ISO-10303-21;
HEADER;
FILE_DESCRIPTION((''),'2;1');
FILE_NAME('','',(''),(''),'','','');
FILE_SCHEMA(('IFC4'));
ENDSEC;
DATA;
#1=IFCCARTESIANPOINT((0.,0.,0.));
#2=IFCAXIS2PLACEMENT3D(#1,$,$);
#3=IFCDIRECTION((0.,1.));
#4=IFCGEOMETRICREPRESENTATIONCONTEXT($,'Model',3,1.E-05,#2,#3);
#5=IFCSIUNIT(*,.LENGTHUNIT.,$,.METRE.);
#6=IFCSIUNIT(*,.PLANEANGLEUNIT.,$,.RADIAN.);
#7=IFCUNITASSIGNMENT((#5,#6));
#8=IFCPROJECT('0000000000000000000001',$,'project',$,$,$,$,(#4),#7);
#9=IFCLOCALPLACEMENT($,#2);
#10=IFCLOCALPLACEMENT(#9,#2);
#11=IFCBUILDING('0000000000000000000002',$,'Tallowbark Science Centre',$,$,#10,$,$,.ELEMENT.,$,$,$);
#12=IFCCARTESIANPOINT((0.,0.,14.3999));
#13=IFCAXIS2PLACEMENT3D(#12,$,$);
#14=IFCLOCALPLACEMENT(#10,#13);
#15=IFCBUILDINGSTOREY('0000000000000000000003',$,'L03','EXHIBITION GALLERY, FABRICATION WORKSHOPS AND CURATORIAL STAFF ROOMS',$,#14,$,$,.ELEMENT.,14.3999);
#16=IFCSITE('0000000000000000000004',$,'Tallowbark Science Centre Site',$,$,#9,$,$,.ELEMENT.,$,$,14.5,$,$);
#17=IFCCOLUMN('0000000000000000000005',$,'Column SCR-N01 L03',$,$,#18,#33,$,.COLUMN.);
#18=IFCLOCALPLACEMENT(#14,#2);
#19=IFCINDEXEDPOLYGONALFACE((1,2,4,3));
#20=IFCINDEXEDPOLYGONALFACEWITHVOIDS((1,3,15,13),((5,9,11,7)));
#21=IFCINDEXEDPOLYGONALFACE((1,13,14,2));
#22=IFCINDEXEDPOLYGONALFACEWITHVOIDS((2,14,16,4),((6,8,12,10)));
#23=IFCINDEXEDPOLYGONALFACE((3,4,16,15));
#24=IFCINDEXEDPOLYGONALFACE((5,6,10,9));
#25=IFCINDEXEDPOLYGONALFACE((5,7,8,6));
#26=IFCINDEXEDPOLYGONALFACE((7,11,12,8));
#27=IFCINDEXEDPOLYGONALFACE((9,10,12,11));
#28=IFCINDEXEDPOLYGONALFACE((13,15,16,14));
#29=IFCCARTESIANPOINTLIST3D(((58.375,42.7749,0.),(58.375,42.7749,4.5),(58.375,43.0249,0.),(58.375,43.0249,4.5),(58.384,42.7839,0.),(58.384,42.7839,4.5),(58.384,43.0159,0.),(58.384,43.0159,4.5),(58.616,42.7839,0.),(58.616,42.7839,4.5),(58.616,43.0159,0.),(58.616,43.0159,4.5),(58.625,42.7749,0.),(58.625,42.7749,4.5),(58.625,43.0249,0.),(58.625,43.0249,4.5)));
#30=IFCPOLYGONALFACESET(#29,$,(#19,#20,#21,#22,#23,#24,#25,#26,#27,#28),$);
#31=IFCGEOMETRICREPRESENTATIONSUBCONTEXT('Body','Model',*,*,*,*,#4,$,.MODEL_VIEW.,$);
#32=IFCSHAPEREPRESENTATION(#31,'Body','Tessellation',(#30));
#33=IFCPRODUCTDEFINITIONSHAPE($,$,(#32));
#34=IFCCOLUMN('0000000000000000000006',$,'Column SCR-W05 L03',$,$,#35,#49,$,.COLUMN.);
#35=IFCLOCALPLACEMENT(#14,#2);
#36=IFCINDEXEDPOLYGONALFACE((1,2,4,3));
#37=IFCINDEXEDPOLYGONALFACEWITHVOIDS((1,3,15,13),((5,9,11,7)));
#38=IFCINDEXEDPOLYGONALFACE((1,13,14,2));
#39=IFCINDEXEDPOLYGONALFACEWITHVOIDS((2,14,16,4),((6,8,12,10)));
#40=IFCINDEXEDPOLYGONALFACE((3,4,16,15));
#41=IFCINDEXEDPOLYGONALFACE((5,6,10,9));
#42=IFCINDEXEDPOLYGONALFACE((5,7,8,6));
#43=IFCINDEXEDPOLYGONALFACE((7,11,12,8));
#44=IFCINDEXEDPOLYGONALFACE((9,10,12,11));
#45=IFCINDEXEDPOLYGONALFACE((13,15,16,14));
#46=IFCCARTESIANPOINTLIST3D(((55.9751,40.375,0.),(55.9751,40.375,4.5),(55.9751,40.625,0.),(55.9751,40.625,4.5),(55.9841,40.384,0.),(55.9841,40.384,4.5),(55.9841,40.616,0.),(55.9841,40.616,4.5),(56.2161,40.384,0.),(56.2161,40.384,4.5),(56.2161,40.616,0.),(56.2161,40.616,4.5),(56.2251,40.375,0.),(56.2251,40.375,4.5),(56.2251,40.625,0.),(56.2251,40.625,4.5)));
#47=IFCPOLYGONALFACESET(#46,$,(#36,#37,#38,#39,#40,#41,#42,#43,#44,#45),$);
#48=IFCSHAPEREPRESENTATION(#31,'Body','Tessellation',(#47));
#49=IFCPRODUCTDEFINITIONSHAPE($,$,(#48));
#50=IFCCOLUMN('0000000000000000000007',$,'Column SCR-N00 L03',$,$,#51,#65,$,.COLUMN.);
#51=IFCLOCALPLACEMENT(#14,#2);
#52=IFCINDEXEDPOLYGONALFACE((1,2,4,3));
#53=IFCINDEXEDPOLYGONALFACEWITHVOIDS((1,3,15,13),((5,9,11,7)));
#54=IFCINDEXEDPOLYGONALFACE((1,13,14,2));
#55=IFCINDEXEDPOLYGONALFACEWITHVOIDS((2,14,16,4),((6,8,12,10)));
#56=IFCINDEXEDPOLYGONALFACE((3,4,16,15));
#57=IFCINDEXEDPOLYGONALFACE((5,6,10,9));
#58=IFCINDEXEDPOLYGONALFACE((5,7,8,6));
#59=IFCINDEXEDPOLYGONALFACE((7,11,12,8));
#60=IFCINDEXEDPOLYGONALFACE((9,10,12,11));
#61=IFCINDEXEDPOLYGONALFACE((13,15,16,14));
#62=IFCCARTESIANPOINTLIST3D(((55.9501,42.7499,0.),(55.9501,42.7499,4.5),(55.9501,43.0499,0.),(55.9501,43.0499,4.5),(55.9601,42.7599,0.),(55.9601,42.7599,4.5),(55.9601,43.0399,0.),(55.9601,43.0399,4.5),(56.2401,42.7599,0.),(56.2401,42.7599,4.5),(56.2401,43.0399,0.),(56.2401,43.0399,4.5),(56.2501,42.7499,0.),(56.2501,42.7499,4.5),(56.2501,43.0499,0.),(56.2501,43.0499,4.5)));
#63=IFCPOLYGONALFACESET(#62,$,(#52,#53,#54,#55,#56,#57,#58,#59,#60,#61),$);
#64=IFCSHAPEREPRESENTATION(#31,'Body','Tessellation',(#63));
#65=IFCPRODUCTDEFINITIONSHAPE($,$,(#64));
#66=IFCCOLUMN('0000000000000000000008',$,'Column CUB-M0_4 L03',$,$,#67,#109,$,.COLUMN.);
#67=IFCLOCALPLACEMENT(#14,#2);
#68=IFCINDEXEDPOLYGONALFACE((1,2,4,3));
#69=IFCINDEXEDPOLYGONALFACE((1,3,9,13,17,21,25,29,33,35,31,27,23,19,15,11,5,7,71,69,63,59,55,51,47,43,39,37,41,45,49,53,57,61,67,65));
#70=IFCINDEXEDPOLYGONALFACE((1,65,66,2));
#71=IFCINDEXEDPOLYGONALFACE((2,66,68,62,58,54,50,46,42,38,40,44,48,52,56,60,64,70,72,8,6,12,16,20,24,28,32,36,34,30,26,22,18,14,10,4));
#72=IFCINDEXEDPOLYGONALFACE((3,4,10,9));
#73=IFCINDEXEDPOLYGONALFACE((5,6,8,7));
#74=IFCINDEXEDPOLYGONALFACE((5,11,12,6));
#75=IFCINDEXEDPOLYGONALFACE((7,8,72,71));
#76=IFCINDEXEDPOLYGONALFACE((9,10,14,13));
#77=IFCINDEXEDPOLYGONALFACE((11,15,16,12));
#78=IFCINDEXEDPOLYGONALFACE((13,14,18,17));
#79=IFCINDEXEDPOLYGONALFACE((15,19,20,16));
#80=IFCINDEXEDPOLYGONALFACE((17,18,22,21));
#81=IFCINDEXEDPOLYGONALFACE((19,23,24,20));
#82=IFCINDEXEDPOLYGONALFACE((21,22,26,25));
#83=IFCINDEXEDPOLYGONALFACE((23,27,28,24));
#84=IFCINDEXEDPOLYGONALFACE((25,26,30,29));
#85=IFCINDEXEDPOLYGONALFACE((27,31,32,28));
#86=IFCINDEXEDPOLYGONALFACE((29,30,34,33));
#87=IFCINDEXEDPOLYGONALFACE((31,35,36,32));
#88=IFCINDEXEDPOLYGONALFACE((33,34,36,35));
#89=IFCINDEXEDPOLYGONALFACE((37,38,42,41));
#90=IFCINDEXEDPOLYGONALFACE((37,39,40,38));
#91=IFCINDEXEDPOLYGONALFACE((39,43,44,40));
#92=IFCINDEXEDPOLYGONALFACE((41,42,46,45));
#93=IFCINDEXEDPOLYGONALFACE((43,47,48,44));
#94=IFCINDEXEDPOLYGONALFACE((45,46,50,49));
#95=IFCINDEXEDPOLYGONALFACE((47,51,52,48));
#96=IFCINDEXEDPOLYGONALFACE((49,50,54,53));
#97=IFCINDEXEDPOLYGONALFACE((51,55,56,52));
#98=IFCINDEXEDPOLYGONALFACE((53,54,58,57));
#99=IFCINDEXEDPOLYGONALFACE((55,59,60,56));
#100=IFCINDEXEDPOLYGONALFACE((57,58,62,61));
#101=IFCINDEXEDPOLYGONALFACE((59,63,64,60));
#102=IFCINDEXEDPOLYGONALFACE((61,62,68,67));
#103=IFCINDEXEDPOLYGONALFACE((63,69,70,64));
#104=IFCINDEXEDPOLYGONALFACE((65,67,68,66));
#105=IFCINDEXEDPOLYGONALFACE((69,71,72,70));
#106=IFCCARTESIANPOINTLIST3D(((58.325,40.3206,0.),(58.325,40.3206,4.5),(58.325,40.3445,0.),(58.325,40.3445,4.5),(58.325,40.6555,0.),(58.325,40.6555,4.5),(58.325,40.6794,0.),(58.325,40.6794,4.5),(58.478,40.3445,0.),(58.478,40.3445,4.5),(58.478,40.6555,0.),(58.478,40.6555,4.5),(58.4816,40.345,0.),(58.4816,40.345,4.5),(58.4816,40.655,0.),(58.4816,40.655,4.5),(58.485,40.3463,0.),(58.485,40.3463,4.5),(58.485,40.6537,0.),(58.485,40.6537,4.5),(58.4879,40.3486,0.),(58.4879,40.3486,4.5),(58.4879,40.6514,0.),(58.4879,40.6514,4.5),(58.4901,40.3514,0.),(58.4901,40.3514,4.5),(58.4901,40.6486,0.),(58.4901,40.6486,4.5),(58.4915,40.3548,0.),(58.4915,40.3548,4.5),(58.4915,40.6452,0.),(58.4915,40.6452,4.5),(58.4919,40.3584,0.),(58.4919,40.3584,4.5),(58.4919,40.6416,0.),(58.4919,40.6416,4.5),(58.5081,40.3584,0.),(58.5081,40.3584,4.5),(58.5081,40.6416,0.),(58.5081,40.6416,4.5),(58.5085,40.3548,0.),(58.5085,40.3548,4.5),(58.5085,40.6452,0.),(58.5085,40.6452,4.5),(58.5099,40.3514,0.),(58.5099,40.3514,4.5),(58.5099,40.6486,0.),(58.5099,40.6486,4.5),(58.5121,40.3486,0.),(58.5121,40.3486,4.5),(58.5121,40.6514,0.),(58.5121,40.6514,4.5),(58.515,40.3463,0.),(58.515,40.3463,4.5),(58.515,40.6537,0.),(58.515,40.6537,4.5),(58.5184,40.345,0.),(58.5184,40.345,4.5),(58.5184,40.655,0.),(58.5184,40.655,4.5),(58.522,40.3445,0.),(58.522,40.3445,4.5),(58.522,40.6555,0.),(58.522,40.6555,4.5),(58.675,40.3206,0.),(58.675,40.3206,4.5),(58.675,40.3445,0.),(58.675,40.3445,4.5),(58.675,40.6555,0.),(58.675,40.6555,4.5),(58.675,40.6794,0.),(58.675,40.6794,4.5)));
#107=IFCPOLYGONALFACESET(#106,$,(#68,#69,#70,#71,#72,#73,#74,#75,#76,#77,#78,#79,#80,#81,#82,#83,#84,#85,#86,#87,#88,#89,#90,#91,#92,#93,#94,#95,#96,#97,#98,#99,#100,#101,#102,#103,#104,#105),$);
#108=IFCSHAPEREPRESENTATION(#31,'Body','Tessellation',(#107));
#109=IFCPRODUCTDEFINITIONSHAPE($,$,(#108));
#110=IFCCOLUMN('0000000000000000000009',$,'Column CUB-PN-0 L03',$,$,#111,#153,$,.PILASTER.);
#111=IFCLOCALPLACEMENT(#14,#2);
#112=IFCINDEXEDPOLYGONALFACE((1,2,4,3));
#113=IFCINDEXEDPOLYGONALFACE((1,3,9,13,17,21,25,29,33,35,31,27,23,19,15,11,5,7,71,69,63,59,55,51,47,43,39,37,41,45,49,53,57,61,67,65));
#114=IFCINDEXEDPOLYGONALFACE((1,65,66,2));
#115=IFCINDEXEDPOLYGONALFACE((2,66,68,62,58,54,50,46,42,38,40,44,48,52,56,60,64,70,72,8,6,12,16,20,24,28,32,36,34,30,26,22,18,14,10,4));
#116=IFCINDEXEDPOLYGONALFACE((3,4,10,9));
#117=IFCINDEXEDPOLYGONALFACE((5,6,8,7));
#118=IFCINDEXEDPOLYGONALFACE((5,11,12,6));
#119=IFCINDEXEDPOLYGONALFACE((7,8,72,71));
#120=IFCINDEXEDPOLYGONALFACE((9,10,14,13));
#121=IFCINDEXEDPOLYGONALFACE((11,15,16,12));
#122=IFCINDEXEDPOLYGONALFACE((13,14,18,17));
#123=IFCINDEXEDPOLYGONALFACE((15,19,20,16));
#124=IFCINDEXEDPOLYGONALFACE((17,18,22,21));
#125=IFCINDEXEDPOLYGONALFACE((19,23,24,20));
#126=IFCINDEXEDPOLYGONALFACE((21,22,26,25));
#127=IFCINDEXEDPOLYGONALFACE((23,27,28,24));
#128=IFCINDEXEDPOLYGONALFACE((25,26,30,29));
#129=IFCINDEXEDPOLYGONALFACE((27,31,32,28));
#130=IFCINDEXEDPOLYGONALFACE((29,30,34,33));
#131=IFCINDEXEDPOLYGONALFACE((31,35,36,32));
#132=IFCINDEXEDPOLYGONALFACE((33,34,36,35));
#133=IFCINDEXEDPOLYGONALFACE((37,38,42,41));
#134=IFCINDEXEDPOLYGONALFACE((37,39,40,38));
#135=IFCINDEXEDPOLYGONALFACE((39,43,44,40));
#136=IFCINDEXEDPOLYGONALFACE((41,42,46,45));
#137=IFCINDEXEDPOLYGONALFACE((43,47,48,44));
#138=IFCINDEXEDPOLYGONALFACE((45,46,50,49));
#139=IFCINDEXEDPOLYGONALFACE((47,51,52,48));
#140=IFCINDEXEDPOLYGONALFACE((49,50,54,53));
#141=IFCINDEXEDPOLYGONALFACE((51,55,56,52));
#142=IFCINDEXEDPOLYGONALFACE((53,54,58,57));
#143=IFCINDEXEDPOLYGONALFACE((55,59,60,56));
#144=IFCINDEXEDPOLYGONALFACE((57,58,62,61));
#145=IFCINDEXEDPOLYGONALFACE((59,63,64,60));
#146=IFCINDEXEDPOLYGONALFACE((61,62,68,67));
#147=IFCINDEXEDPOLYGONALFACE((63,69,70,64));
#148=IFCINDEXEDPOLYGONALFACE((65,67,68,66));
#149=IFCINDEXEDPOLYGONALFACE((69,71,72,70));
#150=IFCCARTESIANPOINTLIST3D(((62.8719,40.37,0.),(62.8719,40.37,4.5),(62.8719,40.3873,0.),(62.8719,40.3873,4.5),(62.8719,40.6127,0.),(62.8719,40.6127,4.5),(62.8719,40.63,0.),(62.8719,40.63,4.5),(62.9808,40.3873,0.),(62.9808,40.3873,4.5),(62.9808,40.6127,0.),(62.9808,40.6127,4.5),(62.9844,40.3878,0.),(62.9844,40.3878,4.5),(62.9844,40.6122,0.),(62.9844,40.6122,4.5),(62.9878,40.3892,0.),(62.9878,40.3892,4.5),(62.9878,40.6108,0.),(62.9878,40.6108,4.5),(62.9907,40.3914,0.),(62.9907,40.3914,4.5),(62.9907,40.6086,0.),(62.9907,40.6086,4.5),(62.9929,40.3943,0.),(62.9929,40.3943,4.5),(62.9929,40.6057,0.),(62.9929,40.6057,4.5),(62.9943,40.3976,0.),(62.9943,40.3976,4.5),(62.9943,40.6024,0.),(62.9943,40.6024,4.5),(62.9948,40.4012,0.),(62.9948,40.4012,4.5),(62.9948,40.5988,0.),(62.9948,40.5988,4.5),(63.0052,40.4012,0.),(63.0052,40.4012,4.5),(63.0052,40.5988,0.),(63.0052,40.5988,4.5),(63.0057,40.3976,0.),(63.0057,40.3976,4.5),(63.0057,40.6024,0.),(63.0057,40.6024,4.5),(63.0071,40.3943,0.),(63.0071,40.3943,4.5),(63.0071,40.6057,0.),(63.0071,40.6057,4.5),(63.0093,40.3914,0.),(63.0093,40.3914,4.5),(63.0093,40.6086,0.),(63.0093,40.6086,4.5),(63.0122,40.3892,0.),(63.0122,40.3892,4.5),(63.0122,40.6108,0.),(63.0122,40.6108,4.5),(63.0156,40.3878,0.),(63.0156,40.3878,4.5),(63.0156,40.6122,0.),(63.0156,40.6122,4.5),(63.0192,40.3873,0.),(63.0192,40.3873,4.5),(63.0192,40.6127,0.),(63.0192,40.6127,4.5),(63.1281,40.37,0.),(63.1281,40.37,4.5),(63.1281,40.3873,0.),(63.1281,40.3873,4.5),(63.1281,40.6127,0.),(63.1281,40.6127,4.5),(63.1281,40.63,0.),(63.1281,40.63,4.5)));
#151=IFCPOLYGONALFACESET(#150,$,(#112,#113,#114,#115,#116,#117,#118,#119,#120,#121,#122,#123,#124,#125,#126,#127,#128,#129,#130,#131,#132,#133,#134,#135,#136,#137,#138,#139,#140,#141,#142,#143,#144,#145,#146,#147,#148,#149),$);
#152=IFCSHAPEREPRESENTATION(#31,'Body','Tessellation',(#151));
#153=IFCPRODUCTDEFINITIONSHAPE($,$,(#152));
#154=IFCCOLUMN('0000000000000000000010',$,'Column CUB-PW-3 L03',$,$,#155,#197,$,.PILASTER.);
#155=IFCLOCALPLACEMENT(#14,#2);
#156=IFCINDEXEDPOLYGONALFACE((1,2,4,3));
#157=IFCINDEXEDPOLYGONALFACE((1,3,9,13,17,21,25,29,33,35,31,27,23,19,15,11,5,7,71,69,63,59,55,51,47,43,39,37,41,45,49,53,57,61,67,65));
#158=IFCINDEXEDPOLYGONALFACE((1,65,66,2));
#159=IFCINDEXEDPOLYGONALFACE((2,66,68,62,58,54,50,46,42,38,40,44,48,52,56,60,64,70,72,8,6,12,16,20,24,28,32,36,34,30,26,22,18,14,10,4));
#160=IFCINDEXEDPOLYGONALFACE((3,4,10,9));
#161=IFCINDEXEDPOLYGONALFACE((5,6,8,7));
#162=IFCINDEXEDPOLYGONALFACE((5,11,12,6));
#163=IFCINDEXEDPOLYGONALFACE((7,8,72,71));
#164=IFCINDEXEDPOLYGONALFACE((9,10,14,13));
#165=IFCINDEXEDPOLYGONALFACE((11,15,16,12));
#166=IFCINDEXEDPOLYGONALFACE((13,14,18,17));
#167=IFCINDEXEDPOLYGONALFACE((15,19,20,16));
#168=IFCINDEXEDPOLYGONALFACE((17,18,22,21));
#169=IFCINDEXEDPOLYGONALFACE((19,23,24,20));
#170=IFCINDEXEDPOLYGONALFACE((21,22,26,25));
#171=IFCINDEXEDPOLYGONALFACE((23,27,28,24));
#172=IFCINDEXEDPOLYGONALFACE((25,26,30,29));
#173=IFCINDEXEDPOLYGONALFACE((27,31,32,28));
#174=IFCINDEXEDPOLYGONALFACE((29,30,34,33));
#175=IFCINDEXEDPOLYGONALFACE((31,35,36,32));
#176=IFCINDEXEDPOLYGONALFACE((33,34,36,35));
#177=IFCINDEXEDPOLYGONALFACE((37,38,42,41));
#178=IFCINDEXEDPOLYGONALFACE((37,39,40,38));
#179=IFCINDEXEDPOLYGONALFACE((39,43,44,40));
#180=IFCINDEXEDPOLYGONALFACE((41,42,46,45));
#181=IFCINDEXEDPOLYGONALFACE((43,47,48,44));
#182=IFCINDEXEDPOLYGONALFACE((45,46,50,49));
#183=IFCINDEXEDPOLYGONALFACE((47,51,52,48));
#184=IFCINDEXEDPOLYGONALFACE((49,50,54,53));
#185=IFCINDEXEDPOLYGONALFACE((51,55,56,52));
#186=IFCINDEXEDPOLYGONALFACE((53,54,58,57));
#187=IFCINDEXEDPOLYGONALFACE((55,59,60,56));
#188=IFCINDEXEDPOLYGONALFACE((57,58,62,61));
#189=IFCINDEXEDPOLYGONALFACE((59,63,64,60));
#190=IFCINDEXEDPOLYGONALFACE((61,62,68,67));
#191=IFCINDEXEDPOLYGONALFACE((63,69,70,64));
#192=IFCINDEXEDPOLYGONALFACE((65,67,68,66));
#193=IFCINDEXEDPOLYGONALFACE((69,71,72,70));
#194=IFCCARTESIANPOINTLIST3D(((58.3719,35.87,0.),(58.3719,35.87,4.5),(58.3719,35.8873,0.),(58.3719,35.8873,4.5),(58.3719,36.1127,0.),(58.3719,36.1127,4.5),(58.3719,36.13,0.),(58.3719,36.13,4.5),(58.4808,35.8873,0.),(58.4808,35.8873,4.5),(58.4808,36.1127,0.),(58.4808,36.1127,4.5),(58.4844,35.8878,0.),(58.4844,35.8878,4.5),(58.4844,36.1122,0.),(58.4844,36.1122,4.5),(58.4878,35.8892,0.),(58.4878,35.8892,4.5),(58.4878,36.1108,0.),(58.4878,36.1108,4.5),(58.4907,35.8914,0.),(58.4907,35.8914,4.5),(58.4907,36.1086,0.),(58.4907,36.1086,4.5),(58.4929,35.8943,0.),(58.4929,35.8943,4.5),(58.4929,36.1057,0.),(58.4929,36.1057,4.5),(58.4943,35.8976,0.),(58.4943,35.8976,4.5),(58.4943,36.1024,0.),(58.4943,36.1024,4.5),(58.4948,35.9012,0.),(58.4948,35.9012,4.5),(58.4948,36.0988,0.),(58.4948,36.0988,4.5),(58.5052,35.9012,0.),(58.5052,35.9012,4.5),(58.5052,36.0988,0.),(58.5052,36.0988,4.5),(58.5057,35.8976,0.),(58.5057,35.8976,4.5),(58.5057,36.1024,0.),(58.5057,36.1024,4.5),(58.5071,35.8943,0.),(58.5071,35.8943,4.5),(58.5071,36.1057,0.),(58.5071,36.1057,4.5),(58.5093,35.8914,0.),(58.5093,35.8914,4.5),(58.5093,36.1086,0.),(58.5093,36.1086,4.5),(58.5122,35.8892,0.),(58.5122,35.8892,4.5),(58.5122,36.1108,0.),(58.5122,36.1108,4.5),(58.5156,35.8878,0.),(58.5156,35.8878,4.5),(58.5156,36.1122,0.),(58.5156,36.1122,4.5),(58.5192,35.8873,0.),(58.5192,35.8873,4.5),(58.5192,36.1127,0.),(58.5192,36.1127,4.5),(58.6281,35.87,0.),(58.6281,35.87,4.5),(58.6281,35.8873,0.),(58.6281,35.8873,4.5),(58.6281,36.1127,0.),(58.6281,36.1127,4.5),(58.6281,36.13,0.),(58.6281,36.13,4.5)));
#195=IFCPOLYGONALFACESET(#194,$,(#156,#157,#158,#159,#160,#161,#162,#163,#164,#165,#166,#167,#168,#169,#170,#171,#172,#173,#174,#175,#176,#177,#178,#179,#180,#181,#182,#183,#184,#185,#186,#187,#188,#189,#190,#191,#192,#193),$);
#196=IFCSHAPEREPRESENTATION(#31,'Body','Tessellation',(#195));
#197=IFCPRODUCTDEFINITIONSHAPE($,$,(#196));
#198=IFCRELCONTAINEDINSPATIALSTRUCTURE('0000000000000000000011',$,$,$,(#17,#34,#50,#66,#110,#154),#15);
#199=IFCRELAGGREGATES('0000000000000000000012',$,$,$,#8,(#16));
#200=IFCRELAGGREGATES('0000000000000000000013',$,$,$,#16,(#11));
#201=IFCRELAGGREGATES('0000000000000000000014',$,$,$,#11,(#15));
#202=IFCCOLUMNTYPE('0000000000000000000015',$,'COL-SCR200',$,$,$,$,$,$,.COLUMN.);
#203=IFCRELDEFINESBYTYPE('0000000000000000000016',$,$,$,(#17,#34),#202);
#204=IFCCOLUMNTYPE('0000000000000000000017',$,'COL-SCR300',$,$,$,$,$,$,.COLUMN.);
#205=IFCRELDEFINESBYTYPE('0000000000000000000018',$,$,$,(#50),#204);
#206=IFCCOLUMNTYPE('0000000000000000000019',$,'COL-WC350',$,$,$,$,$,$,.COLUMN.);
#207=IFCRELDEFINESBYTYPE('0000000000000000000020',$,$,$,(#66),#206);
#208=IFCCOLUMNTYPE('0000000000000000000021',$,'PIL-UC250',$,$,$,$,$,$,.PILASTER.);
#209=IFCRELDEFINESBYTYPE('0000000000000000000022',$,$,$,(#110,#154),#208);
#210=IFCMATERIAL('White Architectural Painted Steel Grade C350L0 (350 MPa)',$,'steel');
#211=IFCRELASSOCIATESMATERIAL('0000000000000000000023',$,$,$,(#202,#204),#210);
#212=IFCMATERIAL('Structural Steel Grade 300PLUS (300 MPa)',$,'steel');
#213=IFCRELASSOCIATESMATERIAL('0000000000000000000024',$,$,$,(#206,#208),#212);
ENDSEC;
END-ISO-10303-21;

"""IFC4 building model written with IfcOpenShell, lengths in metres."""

from ifc_helpers import new_model, si_unit, direction, frame, origin, origin_2d, place, context, subcontext, project, spatial, hollow_rectangle, i_section, extrude, material, material_profile, profile_set, type_object, element, save


model = new_model("IFC4")

# Units and contexts
model_context = context("Model", 3, precision=1e-05, world=origin(), true_north=direction((0.0, 1.0)))
body_context = subcontext(model_context, "Body", "Model", "MODEL_VIEW")
ifc_project = project(units=[si_unit("LENGTHUNIT", "METRE"), si_unit("PLANEANGLEUNIT", "RADIAN")], contexts=[model_context])

# Site, building, storey
site_placement = place(None, origin())
site = spatial("IfcSite", under=ifc_project, at=site_placement, Name="Tallowbark Science Centre Site", CompositionType="ELEMENT", RefElevation=14.5)
building_placement = place(site_placement, origin())
building = spatial("IfcBuilding", under=site, at=building_placement, Name="Tallowbark Science Centre", CompositionType="ELEMENT")
storey_placement = place(building_placement, frame((0.0, 0.0, 14.3999)))
storey = spatial("IfcBuildingStorey", under=building, at=storey_placement, Name="L03", Description="EXHIBITION GALLERY, FABRICATION WORKSHOPS AND CURATORIAL STAFF ROOMS", CompositionType="ELEMENT", Elevation=14.3999)

# Columns
ifc_material_1 = material(Name="White Architectural Painted Steel Grade C350L0 (350 MPa)", Category="steel")
ifc_material_profile_1 = material_profile(ifc_material_1, hollow_rectangle(XDim=0.25, YDim=0.25, WallThickness=0.009, at=origin_2d()), Name="250x250x9.0SHS")
ifc_profile_set_1 = profile_set([ifc_material_profile_1], Name="White Architectural Painted Steel Grade C350L0 (350 MPa)")
column_type_1 = type_object("IfcColumnType", Name="COL-SCR200", PredefinedType="COLUMN", material=ifc_profile_set_1)
for number, where, z_axis, x_axis, name in (
    (1, (58.5, 42.8999, 0.0), (0.0, 0.0, 1.0), (1.0, 0.0, 0.0), "Column SCR-N01 L03"),
    (2, (56.1001, 40.5, 0.0), (0.0, 0.0, 1.0), (1.0, 0.0, 0.0), "Column SCR-W05 L03"),
):
    element("IfcColumn", number, at=place(storey_placement, frame(where, z_axis=z_axis, x_axis=x_axis)), inside=storey, type_object=column_type_1, Name=name, PredefinedType="COLUMN", context=body_context, shape_type="SweptSolid", body=[
        extrude(hollow_rectangle(XDim=0.25, YDim=0.25, WallThickness=0.009, at=origin_2d()), origin(), (0.0, 0.0, 1.0), 4.5),
    ])
ifc_material_profile_2 = material_profile(ifc_material_1, hollow_rectangle(XDim=0.3, YDim=0.3, WallThickness=0.01, at=origin_2d()), Name="300x300x10.0SHS")
ifc_profile_set_2 = profile_set([ifc_material_profile_2], Name="White Architectural Painted Steel Grade C350L0 (350 MPa)")
column_type_2 = type_object("IfcColumnType", Name="COL-SCR300", PredefinedType="COLUMN", material=ifc_profile_set_2)
column_1_placement = place(storey_placement, frame((56.1001, 42.8999, 0.0), z_axis=(0.0, 0.0, 1.0), x_axis=(1.0, 0.0, 0.0)))
element("IfcColumn", 3, at=column_1_placement, inside=storey, type_object=column_type_2, Name="Column SCR-N00 L03", PredefinedType="COLUMN", context=body_context, shape_type="SweptSolid", body=[
    extrude(hollow_rectangle(XDim=0.3, YDim=0.3, WallThickness=0.01, at=origin_2d()), origin(), (0.0, 0.0, 1.0), 4.5),
])
ifc_material_2 = material(Name="Structural Steel Grade 300PLUS (300 MPa)", Category="steel")
ifc_material_profile_3 = material_profile(ifc_material_2, i_section(OverallWidth=0.3501, OverallDepth=0.3589, WebThickness=0.0161, FlangeThickness=0.0239, FilletRadius=0.0139, at=origin_2d()), Name="350WC197")
ifc_profile_set_3 = profile_set([ifc_material_profile_3], Name="Structural Steel Grade 300PLUS (300 MPa)")
column_type_3 = type_object("IfcColumnType", Name="COL-WC350", PredefinedType="COLUMN", material=ifc_profile_set_3)
column_2_placement = place(storey_placement, frame((58.5, 40.5, 0.0), z_axis=(0.0, 0.0, 1.0), x_axis=(1.0, 0.0, 0.0)))
element("IfcColumn", 4, at=column_2_placement, inside=storey, type_object=column_type_3, Name="Column CUB-M0_4 L03", PredefinedType="COLUMN", context=body_context, shape_type="SweptSolid", body=[
    extrude(i_section(OverallWidth=0.3501, OverallDepth=0.3589, WebThickness=0.0161, FlangeThickness=0.0239, FilletRadius=0.0139, at=origin_2d()), origin(), (0.0, 0.0, 1.0), 4.5),
])
ifc_material_profile_4 = material_profile(ifc_material_2, i_section(OverallWidth=0.2561, OverallDepth=0.26, WebThickness=0.0105, FlangeThickness=0.0173, FilletRadius=0.0139, at=origin_2d()), Name="250UC89.5")
ifc_profile_set_4 = profile_set([ifc_material_profile_4], Name="Structural Steel Grade 300PLUS (300 MPa)")
column_type_4 = type_object("IfcColumnType", Name="PIL-UC250", PredefinedType="PILASTER", material=ifc_profile_set_4)
for number, where, z_axis, x_axis, name in (
    (5, (63.0, 40.5, 0.0), (0.0, 0.0, 1.0), (1.0, 0.0, 0.0), "Column CUB-PN-0 L03"),
    (6, (58.5, 36.0, 0.0), (0.0, 0.0, 1.0), (1.0, 0.0, 0.0), "Column CUB-PW-3 L03"),
):
    element("IfcColumn", number, at=place(storey_placement, frame(where, z_axis=z_axis, x_axis=x_axis)), inside=storey, type_object=column_type_4, Name=name, PredefinedType="PILASTER", context=body_context, shape_type="SweptSolid", body=[
        extrude(i_section(OverallWidth=0.2561, OverallDepth=0.26, WebThickness=0.0105, FlangeThickness=0.0173, FilletRadius=0.0139, at=origin_2d()), origin(), (0.0, 0.0, 1.0), 4.5),
    ])

save(model, "model.ifc")
